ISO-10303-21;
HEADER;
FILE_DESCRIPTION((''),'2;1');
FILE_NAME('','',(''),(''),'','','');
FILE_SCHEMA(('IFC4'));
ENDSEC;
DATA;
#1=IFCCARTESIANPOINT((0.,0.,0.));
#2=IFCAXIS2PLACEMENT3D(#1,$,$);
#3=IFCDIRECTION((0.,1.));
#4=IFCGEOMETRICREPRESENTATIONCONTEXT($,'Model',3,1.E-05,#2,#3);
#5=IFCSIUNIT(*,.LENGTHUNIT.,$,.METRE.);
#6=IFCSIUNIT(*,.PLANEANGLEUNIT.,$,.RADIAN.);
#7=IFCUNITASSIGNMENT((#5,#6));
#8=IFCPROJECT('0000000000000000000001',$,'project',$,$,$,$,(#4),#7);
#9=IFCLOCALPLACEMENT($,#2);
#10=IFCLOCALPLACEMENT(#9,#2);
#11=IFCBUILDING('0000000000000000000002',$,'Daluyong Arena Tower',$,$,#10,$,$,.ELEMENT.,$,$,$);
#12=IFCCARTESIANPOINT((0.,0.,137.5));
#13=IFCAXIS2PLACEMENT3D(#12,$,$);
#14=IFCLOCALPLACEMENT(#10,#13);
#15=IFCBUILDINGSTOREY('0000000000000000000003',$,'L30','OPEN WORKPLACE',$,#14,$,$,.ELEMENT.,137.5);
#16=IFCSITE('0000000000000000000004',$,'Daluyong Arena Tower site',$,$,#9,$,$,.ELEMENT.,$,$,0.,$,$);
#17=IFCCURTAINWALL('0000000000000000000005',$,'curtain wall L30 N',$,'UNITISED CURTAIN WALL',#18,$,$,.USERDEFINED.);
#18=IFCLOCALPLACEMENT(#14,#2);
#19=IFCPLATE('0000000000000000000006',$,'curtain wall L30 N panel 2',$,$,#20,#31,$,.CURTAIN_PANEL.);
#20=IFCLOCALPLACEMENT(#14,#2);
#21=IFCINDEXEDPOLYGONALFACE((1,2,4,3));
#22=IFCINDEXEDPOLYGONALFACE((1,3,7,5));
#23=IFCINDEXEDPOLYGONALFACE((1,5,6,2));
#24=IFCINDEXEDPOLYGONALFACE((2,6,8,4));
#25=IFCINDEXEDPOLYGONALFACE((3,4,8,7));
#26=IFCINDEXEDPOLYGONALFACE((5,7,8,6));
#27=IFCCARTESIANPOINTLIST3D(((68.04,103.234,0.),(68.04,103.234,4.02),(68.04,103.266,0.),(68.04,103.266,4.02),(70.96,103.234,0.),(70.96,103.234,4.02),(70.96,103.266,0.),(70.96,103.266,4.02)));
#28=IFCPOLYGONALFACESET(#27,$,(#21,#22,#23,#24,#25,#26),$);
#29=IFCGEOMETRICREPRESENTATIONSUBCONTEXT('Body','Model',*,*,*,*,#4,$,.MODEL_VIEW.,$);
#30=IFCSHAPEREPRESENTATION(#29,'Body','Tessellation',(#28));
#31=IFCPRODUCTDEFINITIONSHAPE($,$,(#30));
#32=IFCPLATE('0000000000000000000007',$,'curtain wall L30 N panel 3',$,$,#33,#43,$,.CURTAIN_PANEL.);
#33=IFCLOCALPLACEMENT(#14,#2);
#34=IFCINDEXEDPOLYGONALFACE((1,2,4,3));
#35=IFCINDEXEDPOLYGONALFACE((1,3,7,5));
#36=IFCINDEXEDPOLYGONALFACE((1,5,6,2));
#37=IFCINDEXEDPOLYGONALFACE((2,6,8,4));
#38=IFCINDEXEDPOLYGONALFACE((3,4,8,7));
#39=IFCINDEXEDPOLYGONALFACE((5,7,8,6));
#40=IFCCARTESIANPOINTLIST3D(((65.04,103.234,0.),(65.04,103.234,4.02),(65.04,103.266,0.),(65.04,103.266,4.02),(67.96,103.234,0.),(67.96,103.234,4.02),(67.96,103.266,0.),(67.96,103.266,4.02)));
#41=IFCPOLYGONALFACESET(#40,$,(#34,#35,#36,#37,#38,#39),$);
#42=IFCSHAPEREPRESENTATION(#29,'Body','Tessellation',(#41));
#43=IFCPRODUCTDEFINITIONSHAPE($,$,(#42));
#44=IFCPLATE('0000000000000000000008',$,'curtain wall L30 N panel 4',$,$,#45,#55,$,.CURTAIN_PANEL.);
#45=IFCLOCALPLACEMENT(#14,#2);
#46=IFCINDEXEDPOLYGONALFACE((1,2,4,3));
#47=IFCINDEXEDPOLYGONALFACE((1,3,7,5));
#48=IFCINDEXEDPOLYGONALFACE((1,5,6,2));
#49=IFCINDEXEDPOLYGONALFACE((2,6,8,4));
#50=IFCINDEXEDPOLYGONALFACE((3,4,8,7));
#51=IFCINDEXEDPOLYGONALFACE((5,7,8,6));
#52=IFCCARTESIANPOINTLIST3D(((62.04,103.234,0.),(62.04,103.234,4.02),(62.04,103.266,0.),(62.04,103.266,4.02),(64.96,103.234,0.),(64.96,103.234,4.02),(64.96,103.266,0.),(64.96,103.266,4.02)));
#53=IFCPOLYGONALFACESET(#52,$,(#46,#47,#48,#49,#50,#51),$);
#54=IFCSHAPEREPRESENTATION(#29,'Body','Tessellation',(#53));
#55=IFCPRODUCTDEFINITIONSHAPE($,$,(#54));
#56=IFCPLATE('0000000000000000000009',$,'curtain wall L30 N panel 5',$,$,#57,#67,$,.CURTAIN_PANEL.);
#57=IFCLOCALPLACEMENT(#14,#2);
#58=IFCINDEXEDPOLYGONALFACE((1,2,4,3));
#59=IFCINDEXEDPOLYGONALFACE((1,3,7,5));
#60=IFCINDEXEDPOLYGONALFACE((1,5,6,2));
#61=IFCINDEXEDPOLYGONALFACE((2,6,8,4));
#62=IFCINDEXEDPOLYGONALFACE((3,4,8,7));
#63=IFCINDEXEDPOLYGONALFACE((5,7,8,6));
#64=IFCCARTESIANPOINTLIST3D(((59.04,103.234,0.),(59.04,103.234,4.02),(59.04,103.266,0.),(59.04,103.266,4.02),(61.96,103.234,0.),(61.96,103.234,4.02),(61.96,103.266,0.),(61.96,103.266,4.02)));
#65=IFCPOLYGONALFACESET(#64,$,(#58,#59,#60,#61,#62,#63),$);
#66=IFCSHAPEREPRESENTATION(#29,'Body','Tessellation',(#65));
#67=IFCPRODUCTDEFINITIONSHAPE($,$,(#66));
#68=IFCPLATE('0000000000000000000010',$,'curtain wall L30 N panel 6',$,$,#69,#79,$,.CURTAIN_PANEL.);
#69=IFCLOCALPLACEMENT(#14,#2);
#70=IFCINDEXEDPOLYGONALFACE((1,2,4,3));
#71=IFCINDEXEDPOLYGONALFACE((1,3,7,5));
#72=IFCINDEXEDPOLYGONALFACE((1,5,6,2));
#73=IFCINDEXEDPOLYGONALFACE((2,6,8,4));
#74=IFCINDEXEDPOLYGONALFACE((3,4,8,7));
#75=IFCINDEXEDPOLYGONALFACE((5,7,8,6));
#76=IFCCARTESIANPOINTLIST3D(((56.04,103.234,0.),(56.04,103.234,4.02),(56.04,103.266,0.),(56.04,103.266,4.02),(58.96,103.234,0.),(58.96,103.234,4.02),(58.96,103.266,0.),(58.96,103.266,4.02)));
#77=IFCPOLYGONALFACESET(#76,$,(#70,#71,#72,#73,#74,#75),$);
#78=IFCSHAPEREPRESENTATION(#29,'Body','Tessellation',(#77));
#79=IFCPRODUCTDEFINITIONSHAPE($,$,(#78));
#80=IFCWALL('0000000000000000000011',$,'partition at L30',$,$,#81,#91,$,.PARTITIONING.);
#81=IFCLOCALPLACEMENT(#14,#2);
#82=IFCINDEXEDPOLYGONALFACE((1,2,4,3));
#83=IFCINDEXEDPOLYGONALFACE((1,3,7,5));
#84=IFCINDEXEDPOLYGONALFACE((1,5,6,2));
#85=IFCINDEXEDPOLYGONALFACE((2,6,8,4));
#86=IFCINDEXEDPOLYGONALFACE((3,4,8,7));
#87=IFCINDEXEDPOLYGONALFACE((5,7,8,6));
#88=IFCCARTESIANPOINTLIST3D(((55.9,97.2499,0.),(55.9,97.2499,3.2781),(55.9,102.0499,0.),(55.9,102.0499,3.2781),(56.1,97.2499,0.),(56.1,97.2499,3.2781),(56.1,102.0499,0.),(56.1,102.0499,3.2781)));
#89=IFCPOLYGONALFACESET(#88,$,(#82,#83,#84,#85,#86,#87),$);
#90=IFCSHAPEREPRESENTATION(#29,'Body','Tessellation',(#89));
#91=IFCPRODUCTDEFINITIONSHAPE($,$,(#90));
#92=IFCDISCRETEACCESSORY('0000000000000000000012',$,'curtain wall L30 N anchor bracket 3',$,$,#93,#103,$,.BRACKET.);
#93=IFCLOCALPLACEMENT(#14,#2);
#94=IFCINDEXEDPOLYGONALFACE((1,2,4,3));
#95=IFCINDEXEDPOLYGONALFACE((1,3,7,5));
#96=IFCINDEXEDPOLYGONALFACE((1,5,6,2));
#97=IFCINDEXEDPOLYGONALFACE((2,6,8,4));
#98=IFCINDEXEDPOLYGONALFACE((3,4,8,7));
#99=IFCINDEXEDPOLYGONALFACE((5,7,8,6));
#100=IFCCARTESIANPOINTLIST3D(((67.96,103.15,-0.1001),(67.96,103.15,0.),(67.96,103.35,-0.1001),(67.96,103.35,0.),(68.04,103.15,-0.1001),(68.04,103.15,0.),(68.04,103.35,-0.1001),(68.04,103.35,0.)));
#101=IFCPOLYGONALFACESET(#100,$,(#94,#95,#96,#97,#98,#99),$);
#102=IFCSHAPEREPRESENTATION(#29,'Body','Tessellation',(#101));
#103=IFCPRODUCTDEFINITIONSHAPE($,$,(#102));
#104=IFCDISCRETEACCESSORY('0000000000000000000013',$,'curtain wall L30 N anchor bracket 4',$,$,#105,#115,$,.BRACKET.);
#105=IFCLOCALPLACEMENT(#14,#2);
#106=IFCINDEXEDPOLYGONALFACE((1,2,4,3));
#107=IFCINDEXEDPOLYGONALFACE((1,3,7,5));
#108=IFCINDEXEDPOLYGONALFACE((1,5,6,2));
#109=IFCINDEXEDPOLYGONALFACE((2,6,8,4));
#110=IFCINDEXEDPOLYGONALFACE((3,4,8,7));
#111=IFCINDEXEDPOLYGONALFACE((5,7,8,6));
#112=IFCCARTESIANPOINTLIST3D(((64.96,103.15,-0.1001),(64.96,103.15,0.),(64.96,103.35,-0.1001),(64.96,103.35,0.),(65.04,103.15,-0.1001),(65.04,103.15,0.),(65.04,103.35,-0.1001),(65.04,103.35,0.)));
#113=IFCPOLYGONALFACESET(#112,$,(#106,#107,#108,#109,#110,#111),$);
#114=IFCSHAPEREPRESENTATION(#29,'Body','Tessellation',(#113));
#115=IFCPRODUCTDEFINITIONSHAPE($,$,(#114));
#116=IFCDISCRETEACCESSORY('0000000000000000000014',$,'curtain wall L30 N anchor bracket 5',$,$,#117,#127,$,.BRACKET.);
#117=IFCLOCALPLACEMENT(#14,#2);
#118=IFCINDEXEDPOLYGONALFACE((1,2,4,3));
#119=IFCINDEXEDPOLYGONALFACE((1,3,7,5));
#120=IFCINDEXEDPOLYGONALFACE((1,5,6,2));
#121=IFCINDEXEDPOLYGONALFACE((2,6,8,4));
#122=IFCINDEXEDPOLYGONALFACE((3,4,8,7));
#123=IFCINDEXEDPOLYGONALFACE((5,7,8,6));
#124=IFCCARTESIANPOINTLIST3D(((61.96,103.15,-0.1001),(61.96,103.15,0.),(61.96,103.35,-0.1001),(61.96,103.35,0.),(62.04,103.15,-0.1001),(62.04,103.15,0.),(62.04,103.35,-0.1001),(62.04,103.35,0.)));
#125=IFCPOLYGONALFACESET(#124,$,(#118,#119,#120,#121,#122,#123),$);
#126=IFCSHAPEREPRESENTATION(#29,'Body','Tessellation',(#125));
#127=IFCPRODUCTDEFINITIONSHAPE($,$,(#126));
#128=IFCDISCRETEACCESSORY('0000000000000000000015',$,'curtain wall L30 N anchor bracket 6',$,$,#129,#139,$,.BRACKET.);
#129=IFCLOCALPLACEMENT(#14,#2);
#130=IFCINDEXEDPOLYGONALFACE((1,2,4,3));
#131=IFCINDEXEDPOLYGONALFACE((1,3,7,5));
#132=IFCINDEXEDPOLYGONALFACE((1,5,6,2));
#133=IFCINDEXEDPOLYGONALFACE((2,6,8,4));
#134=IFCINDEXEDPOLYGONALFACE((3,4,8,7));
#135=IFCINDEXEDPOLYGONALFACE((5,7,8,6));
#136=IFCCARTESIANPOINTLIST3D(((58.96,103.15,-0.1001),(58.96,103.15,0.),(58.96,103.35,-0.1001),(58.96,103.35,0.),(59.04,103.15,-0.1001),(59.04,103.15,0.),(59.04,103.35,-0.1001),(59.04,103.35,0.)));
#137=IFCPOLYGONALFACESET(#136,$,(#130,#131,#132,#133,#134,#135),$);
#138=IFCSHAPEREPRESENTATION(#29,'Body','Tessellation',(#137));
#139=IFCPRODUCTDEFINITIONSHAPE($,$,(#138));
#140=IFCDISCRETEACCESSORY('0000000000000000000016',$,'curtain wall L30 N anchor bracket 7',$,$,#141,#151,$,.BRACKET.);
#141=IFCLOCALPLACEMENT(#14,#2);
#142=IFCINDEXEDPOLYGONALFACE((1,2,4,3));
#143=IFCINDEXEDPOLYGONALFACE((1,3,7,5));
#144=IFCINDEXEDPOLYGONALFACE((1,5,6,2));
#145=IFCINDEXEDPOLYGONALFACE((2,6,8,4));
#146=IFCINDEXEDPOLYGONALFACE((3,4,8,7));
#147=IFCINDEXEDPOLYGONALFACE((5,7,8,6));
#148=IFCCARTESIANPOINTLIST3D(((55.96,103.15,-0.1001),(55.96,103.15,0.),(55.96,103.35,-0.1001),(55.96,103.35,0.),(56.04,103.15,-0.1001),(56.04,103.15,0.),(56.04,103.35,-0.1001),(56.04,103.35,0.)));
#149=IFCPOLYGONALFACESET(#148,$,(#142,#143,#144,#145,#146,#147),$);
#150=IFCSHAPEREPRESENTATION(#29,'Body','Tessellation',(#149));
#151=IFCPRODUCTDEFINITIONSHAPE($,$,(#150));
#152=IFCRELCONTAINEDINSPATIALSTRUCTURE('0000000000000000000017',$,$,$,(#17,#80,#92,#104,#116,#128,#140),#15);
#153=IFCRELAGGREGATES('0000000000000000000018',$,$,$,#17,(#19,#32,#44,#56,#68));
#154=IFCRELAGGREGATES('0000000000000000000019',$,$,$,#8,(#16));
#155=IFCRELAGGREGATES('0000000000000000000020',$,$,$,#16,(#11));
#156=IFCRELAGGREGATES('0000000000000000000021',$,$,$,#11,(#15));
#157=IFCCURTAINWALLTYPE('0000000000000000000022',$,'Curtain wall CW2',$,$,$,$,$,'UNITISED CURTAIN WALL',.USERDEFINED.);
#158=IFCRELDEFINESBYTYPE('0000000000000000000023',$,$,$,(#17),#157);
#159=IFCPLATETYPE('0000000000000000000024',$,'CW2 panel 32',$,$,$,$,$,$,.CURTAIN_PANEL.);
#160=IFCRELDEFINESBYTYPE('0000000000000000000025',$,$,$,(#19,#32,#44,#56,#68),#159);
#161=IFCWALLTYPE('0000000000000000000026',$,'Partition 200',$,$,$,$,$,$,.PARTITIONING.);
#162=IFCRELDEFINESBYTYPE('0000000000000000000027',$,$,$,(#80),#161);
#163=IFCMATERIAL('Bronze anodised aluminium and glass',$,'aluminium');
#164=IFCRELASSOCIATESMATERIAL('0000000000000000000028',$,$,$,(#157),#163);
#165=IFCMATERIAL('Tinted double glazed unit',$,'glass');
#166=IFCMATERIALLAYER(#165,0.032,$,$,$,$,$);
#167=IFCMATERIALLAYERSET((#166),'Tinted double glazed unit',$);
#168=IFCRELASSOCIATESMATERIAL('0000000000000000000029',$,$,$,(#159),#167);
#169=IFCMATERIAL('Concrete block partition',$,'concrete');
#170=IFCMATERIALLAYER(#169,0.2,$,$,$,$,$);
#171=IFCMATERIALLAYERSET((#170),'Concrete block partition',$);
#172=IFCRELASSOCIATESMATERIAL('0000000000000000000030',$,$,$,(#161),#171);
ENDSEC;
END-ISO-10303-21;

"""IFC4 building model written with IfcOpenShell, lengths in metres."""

from ifc_helpers import new_model, si_unit, direction, frame, frame_2d, origin, origin_2d, place, context, subcontext, project, spatial, rectangle, extrude, material, layer, layer_set, type_object, element, aggregate, save


model = new_model("IFC4")

# Units and contexts
model_context = context("Model", 3, precision=1e-05, world=origin(), true_north=direction((0.0, 1.0)))
body_context = subcontext(model_context, "Body", "Model", "MODEL_VIEW")
ifc_project = project(units=[si_unit("LENGTHUNIT", "METRE"), si_unit("PLANEANGLEUNIT", "RADIAN")], contexts=[model_context])

# Site, building, storey
site_placement = place(None, origin())
site = spatial("IfcSite", under=ifc_project, at=site_placement, Name="Daluyong Arena Tower site", CompositionType="ELEMENT", RefElevation=0.0)
building_placement = place(site_placement, origin())
building = spatial("IfcBuilding", under=site, at=building_placement, Name="Daluyong Arena Tower", CompositionType="ELEMENT")
storey_placement = place(building_placement, frame((0.0, 0.0, 137.5)))
storey = spatial("IfcBuildingStorey", under=building, at=storey_placement, Name="L30", Description="OPEN WORKPLACE", CompositionType="ELEMENT", Elevation=137.5)

# Curtain wall
ifc_material_1 = material(Name="Bronze anodised aluminium and glass", Category="aluminium")
curtain_wall_type = type_object("IfcCurtainWallType", Name="Curtain wall CW2", ElementType="UNITISED CURTAIN WALL", PredefinedType="USERDEFINED", material=ifc_material_1)
curtain_wall_placement = place(storey_placement, origin())
curtain_wall = element("IfcCurtainWall", 1, at=curtain_wall_placement, inside=storey, type_object=curtain_wall_type, Name="curtain wall L30 N", ObjectType="UNITISED CURTAIN WALL", PredefinedType="USERDEFINED")

# Plates
ifc_material_2 = material(Name="Tinted double glazed unit", Category="glass")
ifc_layer_1 = layer(ifc_material_2, 0.032)
ifc_layer_set_1 = layer_set([ifc_layer_1], Name="Tinted double glazed unit")
plate_type = type_object("IfcPlateType", Name="CW2 panel 32", PredefinedType="CURTAIN_PANEL", material=ifc_layer_set_1)
plate_1_placement = place(storey_placement, frame((69.5, 103.25, 0.0), z_axis=(0.0, 0.0, 1.0), x_axis=(-1.0, 0.0, 0.0)))
plate_1 = element("IfcPlate", 2, at=plate_1_placement, type_object=plate_type, Name="curtain wall L30 N panel 2", PredefinedType="CURTAIN_PANEL", context=body_context, shape_type="SweptSolid", body=[
    extrude(rectangle(XDim=2.9199, YDim=0.032, at=origin_2d()), origin(), (0.0, 0.0, 1.0), 4.02),
])
plate_2_placement = place(storey_placement, frame((66.5, 103.25, 0.0), z_axis=(0.0, 0.0, 1.0), x_axis=(-1.0, 0.0, 0.0)))
plate_2 = element("IfcPlate", 3, at=plate_2_placement, type_object=plate_type, Name="curtain wall L30 N panel 3", PredefinedType="CURTAIN_PANEL", context=body_context, shape_type="SweptSolid", body=[
    extrude(rectangle(XDim=2.9199, YDim=0.032, at=origin_2d()), origin(), (0.0, 0.0, 1.0), 4.02),
])
plate_3_placement = place(storey_placement, frame((63.5, 103.25, 0.0), z_axis=(0.0, 0.0, 1.0), x_axis=(-1.0, 0.0, 0.0)))
plate_3 = element("IfcPlate", 4, at=plate_3_placement, type_object=plate_type, Name="curtain wall L30 N panel 4", PredefinedType="CURTAIN_PANEL", context=body_context, shape_type="SweptSolid", body=[
    extrude(rectangle(XDim=2.9199, YDim=0.032, at=origin_2d()), origin(), (0.0, 0.0, 1.0), 4.02),
])
plate_4_placement = place(storey_placement, frame((60.5, 103.25, 0.0), z_axis=(0.0, 0.0, 1.0), x_axis=(-1.0, 0.0, 0.0)))
plate_4 = element("IfcPlate", 5, at=plate_4_placement, type_object=plate_type, Name="curtain wall L30 N panel 5", PredefinedType="CURTAIN_PANEL", context=body_context, shape_type="SweptSolid", body=[
    extrude(rectangle(XDim=2.9199, YDim=0.032, at=origin_2d()), origin(), (0.0, 0.0, 1.0), 4.02),
])
plate_5_placement = place(storey_placement, frame((57.5, 103.25, 0.0), z_axis=(0.0, 0.0, 1.0), x_axis=(-1.0, 0.0, 0.0)))
plate_5 = element("IfcPlate", 6, at=plate_5_placement, type_object=plate_type, Name="curtain wall L30 N panel 6", PredefinedType="CURTAIN_PANEL", context=body_context, shape_type="SweptSolid", body=[
    extrude(rectangle(XDim=2.9199, YDim=0.032, at=origin_2d()), origin(), (0.0, 0.0, 1.0), 4.02),
])
aggregate(curtain_wall, [plate_1, plate_2, plate_3, plate_4, plate_5])

# Wall
ifc_material_3 = material(Name="Concrete block partition", Category="concrete")
ifc_layer_2 = layer(ifc_material_3, 0.2)
ifc_layer_set_2 = layer_set([ifc_layer_2], Name="Concrete block partition")
wall_type = type_object("IfcWallType", Name="Partition 200", PredefinedType="PARTITIONING", material=ifc_layer_set_2)
wall_placement = place(storey_placement, frame((56.0, 97.25, 0.0), z_axis=(0.0, 0.0, 1.0), x_axis=(0.0, 1.0, 0.0)))
element("IfcWall", 7, at=wall_placement, inside=storey, type_object=wall_type, Name="partition at L30", PredefinedType="PARTITIONING", context=body_context, shape_type="SweptSolid", body=[
    extrude(rectangle(XDim=4.8, YDim=0.2, at=frame_2d((2.3999, 0.0))), origin(), (0.0, 0.0, 1.0), 3.2781),
])

# Discrete accessories
for number, where, z_axis, x_axis, name in (
    (8, (68.0, 103.25, -0.1001), (0.0, 0.0, 1.0), (-1.0, 0.0, 0.0), "curtain wall L30 N anchor bracket 3"),
    (9, (65.0, 103.25, -0.1001), (0.0, 0.0, 1.0), (-1.0, 0.0, 0.0), "curtain wall L30 N anchor bracket 4"),
    (10, (62.0, 103.25, -0.1001), (0.0, 0.0, 1.0), (-1.0, 0.0, 0.0), "curtain wall L30 N anchor bracket 5"),
    (11, (59.0, 103.25, -0.1001), (0.0, 0.0, 1.0), (-1.0, 0.0, 0.0), "curtain wall L30 N anchor bracket 6"),
    (12, (56.0, 103.25, -0.1001), (0.0, 0.0, 1.0), (-1.0, 0.0, 0.0), "curtain wall L30 N anchor bracket 7"),
):
    element("IfcDiscreteAccessory", number, at=place(storey_placement, frame(where, z_axis=z_axis, x_axis=x_axis)), inside=storey, Name=name, PredefinedType="BRACKET", context=body_context, shape_type="SweptSolid", body=[
        extrude(rectangle(XDim=0.0801, YDim=0.2, at=origin_2d()), origin(), (0.0, 0.0, 1.0), 0.1001),
    ])

save(model, "model.ifc")
